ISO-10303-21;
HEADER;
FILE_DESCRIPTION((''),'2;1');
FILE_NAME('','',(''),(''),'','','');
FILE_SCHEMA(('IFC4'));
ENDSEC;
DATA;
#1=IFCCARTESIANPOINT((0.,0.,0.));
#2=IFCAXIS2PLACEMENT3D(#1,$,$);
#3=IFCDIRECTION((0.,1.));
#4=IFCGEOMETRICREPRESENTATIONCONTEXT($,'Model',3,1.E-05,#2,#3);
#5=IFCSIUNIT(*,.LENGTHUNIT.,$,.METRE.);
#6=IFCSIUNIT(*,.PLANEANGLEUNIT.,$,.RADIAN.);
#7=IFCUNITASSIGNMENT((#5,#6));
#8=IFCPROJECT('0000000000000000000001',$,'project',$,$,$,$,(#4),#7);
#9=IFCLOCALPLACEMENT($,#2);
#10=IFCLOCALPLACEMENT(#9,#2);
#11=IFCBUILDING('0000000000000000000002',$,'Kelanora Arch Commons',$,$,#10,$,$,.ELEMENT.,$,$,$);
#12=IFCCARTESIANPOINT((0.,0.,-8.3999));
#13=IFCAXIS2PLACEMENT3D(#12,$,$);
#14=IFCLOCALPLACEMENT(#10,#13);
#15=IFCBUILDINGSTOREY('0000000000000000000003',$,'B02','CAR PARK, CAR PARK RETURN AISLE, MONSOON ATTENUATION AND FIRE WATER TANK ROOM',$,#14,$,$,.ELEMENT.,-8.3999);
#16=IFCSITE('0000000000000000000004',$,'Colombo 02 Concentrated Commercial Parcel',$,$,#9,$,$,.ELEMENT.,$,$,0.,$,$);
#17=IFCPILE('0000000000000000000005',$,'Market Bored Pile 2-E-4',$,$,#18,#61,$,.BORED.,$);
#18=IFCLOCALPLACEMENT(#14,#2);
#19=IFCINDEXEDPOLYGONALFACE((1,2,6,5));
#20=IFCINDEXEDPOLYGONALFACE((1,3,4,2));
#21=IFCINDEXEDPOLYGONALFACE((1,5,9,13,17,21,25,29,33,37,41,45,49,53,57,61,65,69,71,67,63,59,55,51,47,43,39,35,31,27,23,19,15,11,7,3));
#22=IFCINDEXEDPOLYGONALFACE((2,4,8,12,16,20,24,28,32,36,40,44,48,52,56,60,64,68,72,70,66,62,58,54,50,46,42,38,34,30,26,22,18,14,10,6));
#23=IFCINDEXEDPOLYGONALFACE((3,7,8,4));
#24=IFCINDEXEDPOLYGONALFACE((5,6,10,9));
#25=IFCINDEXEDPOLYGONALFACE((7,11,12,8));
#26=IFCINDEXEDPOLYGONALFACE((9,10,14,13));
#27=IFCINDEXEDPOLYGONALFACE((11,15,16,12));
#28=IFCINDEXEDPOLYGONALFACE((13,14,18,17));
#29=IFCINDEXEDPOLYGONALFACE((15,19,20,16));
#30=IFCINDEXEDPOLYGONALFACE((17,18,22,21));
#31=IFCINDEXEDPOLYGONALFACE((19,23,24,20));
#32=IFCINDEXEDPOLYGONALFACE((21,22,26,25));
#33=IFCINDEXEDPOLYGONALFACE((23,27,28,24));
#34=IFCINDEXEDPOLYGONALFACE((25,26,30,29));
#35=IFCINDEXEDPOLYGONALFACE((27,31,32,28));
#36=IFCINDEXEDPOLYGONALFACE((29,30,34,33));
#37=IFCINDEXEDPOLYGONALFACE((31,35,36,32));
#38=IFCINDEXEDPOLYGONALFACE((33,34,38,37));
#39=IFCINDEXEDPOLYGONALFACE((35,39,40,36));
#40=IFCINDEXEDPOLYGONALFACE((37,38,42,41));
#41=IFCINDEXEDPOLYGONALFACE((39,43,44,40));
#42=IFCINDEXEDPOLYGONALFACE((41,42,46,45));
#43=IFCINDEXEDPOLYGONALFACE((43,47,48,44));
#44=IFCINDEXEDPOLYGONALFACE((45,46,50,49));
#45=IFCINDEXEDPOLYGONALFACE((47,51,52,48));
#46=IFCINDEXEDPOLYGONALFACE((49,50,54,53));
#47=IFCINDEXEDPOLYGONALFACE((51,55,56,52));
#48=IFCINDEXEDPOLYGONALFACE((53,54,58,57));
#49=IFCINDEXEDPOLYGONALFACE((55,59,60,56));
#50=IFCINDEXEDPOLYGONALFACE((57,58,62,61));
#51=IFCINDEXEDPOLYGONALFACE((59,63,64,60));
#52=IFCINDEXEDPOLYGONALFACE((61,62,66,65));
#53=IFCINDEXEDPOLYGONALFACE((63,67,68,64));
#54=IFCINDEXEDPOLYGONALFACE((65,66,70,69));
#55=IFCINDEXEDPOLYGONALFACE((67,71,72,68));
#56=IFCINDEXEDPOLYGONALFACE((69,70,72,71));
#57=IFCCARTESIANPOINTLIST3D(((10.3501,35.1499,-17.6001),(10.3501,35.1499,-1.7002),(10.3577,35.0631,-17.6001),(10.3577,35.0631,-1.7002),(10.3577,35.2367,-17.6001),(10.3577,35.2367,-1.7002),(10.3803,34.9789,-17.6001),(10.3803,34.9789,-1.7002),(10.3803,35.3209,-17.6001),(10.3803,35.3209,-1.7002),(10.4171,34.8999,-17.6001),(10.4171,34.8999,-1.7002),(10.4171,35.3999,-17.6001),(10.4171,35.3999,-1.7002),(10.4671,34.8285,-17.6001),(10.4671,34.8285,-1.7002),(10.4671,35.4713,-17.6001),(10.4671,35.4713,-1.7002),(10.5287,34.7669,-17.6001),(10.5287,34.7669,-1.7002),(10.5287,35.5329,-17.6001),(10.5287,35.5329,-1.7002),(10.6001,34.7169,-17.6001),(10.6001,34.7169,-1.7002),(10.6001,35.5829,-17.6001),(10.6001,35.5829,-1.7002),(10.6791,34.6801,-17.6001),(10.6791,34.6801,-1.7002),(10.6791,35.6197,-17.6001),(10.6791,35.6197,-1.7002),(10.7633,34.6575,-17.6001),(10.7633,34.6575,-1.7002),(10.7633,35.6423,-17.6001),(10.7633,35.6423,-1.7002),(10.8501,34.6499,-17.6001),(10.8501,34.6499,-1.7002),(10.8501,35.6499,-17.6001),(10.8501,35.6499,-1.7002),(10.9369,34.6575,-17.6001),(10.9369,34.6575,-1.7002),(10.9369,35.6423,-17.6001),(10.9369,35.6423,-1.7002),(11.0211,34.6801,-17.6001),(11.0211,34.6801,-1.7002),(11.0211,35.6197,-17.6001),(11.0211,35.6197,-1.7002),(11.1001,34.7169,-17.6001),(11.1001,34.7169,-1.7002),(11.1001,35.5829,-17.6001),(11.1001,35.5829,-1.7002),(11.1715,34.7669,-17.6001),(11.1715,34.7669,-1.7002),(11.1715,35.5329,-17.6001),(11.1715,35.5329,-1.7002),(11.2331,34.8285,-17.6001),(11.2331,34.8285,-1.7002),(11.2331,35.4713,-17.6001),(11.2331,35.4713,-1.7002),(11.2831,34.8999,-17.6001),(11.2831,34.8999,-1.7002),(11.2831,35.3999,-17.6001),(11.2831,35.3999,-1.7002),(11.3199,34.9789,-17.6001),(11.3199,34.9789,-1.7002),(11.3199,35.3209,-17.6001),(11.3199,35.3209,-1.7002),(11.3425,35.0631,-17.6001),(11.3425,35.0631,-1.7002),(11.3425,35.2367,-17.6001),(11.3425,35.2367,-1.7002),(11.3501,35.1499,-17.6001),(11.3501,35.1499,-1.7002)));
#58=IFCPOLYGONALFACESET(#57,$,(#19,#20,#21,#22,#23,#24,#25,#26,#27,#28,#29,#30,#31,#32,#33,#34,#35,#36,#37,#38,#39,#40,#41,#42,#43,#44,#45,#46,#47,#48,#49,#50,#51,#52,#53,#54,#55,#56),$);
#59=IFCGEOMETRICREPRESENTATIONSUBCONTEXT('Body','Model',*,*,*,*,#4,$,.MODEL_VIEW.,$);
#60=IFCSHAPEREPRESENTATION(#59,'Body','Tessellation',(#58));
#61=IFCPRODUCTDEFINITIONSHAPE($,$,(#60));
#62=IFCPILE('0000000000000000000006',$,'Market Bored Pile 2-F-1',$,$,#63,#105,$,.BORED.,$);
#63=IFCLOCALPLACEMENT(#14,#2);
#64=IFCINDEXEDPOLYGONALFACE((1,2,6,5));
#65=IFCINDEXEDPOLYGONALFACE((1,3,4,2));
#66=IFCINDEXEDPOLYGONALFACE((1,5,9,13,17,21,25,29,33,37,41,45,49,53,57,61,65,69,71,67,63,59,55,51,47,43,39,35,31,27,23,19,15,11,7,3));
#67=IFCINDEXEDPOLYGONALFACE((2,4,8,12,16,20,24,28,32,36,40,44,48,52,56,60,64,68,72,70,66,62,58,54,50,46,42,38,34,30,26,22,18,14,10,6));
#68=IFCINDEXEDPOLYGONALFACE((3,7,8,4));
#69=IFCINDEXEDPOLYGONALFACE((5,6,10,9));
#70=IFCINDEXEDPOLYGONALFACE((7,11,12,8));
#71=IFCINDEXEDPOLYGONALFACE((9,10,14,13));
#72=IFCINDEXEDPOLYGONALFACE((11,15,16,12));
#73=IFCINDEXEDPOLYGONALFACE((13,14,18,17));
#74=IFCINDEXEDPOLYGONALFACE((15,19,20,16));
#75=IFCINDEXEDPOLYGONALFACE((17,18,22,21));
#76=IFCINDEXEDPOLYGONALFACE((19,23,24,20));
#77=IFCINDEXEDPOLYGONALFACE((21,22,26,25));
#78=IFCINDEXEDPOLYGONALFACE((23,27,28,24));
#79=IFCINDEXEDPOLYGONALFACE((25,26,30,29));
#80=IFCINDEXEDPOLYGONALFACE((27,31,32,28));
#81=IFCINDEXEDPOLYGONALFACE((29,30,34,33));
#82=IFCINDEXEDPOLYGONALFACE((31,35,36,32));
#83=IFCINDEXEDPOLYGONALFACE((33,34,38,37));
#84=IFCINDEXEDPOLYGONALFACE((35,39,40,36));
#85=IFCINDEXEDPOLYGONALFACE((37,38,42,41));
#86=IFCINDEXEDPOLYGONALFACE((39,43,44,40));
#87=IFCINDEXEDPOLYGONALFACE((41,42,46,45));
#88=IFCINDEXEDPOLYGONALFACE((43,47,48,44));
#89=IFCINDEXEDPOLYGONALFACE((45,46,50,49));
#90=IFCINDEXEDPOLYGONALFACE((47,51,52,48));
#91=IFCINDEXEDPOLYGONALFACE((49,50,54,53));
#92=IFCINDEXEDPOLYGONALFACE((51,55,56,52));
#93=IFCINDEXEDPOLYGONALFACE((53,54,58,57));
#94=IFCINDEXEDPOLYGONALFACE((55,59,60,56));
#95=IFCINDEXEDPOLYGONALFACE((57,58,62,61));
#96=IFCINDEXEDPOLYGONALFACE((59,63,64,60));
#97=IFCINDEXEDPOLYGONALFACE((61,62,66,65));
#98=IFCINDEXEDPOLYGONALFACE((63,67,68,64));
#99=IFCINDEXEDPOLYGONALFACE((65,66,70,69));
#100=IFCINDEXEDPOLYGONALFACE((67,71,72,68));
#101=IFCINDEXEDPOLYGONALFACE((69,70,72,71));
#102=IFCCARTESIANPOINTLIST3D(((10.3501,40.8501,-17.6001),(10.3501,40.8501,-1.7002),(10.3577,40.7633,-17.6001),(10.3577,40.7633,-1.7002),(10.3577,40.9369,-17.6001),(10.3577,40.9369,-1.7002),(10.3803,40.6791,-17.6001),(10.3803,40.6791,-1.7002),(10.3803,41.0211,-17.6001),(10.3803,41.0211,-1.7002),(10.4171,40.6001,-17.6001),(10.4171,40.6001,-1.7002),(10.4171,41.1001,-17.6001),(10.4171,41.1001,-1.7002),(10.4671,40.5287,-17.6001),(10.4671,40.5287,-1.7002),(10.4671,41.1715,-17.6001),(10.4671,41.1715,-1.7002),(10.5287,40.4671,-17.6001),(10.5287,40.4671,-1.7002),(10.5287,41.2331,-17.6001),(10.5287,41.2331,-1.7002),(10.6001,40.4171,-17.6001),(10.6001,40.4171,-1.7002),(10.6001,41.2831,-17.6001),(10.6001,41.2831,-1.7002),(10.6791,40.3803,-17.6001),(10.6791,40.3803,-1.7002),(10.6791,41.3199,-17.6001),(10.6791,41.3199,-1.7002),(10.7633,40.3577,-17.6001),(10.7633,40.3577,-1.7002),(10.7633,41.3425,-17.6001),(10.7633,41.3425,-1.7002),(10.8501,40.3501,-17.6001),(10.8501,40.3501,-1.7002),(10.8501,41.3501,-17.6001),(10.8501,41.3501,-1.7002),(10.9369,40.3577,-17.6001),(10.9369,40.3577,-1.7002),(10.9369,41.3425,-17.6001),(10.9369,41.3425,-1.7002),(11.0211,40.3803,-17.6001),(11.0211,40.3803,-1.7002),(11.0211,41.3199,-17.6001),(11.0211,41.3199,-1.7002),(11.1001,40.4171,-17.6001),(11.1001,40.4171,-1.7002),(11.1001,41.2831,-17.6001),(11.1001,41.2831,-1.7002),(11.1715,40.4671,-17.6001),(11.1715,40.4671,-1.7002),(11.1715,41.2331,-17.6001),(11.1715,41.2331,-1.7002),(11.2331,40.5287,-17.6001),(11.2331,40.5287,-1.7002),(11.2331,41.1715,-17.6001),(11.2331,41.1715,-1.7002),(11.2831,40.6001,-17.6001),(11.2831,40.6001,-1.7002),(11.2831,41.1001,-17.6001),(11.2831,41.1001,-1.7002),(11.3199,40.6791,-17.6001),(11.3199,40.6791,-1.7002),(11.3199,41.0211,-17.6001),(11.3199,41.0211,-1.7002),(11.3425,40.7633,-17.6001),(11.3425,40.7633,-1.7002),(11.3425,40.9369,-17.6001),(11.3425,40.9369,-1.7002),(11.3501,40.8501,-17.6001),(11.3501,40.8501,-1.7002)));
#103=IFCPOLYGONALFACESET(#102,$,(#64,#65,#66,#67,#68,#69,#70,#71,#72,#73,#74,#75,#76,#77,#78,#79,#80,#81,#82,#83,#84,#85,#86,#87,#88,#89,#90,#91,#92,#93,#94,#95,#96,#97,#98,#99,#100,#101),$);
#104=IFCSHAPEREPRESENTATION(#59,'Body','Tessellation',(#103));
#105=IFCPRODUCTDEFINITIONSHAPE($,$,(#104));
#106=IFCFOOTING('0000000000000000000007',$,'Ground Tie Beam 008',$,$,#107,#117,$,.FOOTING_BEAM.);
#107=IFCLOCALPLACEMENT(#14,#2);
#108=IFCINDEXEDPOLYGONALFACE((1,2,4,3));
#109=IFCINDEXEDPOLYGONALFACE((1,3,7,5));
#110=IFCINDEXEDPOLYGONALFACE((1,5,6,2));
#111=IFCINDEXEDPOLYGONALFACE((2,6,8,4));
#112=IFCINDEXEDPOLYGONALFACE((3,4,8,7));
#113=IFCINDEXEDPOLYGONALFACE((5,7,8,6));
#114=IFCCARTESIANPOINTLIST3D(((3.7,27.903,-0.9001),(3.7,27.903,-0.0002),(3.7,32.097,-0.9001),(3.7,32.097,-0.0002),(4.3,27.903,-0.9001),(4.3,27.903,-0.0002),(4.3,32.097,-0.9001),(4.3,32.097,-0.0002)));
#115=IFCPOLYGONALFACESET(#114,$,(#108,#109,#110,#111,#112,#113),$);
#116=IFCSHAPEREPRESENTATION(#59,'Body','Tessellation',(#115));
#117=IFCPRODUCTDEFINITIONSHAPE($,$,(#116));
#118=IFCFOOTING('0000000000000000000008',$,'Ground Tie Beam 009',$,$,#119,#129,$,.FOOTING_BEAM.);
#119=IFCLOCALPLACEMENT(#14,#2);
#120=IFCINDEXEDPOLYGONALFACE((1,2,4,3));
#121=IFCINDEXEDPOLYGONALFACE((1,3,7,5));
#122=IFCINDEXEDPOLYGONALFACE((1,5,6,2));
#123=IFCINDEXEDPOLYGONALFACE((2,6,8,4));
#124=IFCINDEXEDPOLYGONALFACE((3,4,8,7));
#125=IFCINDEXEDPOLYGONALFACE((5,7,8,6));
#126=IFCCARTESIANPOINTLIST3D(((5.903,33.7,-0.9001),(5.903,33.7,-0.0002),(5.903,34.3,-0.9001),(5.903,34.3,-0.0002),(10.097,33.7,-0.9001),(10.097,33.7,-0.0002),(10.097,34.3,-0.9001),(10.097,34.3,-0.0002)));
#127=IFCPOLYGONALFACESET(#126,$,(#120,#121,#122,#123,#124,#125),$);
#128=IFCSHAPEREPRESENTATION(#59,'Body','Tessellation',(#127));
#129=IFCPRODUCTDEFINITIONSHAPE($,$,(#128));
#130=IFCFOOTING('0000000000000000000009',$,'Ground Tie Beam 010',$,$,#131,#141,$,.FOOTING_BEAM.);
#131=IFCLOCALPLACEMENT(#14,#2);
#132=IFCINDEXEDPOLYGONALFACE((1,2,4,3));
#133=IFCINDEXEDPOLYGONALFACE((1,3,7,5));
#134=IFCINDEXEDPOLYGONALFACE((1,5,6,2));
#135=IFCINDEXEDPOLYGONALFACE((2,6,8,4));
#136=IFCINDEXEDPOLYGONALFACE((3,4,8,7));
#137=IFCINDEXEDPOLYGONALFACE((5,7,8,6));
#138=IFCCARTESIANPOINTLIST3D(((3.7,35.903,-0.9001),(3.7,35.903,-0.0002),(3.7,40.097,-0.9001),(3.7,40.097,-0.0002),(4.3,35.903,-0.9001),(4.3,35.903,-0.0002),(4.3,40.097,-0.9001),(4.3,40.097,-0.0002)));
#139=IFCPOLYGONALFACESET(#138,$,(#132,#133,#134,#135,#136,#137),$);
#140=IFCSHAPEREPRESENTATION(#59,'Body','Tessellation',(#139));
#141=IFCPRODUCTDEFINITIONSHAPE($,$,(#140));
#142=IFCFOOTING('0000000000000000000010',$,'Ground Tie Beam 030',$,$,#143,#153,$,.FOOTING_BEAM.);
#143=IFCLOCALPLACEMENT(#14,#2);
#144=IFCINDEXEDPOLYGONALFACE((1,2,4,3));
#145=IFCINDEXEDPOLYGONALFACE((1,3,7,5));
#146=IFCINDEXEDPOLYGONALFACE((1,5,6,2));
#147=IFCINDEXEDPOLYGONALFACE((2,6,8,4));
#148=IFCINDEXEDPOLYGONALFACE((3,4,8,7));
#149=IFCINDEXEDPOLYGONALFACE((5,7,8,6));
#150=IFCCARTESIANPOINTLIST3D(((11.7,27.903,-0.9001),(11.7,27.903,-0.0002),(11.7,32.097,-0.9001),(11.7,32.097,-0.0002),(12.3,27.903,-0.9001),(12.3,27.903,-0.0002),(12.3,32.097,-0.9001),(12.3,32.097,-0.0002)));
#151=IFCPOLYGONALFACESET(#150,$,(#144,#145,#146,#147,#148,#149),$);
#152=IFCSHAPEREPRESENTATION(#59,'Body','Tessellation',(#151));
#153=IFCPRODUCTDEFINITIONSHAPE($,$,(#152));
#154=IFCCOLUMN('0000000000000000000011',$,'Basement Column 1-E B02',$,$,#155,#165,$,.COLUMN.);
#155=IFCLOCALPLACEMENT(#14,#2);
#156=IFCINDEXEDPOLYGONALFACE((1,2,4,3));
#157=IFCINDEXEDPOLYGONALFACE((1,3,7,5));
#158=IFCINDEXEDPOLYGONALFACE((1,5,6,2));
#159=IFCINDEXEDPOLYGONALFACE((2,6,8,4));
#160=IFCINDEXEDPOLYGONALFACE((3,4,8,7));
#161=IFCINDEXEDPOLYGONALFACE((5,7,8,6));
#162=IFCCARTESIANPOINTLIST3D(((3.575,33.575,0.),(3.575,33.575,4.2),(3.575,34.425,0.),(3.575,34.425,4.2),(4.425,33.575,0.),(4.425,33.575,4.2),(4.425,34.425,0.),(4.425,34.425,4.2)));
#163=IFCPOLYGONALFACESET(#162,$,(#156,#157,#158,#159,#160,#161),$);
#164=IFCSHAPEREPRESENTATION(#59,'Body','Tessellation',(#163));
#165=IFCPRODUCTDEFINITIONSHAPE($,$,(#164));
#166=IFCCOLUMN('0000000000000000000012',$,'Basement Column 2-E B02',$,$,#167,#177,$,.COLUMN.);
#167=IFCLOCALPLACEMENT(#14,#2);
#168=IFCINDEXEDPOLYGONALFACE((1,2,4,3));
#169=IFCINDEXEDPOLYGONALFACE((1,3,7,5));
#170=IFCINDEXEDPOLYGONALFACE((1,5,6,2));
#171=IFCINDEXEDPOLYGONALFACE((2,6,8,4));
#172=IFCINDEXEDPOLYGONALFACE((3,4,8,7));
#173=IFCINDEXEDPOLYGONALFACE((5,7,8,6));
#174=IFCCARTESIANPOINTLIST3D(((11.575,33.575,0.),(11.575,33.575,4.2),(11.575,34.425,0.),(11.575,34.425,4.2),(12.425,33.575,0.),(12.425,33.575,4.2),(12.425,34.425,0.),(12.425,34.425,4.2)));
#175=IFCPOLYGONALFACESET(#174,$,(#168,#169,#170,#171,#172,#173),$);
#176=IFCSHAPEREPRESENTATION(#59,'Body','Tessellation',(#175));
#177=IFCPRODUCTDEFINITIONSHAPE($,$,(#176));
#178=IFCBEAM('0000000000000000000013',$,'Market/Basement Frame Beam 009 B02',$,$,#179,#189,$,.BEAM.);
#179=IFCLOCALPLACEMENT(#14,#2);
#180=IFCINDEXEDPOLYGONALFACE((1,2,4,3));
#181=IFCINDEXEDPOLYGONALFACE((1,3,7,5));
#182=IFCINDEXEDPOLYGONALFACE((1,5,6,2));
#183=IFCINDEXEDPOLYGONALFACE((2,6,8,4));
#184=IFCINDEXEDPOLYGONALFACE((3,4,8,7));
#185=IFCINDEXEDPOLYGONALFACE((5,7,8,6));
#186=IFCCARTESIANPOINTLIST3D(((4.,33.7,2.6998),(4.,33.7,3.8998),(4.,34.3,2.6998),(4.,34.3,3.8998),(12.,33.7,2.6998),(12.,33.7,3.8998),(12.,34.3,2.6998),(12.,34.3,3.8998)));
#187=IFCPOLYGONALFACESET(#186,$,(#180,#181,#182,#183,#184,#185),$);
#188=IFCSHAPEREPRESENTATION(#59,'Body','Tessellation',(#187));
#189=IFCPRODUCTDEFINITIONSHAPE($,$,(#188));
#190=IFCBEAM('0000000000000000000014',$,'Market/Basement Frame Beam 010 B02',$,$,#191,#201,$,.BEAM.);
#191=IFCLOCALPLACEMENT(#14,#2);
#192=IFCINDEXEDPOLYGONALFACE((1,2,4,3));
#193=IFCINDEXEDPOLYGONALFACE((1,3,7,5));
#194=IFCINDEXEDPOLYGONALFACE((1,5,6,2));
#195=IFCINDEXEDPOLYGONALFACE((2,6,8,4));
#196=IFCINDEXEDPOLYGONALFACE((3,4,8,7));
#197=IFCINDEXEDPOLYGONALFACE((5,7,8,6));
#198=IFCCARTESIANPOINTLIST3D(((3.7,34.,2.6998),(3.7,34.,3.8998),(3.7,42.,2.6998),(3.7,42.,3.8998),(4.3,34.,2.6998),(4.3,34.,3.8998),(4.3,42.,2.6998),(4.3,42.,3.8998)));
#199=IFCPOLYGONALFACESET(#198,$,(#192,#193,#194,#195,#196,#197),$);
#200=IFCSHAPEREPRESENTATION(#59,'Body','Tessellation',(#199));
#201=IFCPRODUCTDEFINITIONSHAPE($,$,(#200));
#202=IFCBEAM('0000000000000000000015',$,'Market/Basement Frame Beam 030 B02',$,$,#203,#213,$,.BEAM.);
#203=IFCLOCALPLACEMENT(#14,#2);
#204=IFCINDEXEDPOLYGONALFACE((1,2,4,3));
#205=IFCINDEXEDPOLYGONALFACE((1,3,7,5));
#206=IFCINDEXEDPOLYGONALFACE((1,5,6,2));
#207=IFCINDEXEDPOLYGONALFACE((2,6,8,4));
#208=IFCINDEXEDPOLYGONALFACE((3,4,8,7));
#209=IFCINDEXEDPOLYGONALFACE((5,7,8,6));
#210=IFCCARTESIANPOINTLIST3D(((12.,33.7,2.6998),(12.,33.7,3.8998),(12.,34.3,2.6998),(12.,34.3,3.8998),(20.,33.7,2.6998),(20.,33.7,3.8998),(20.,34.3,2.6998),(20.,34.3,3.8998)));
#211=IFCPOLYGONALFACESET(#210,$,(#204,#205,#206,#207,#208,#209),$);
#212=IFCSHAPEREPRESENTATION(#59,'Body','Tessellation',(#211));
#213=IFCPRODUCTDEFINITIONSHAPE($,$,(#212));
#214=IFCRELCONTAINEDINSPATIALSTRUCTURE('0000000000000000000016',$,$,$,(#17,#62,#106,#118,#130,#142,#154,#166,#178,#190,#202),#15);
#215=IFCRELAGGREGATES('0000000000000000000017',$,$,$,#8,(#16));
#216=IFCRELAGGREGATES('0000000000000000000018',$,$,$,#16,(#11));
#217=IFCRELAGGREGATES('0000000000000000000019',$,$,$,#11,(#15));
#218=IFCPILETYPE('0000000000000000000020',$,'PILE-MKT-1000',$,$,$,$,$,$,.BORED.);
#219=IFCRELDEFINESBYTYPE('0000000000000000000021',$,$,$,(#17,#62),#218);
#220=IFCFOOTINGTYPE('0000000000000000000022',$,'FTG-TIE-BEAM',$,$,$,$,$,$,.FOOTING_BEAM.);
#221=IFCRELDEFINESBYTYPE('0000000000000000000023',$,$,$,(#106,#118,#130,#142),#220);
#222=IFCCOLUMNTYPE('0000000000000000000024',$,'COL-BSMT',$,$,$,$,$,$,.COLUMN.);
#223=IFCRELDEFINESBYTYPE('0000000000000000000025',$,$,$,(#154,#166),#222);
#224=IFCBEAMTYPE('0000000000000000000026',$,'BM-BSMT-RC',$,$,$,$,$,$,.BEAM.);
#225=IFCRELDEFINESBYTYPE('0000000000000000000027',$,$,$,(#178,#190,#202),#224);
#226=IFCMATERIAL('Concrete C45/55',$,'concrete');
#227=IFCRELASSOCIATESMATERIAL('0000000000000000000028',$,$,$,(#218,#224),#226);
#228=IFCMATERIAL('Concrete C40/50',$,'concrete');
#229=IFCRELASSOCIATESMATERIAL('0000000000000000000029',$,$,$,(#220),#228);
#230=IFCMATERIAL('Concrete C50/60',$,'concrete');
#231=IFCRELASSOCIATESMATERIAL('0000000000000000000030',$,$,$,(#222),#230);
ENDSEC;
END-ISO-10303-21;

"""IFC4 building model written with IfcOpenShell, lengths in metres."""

from ifc_helpers import new_model, si_unit, direction, frame, origin, origin_2d, place, context, subcontext, project, spatial, rectangle, circle, extrude, source, transform, mapped, material, material_profile, profile_set, type_object, element, save


model = new_model("IFC4")

# Units and contexts
model_context = context("Model", 3, precision=1e-05, world=origin(), true_north=direction((0.0, 1.0)))
body_context = subcontext(model_context, "Body", "Model", "MODEL_VIEW")
ifc_project = project(units=[si_unit("LENGTHUNIT", "METRE"), si_unit("PLANEANGLEUNIT", "RADIAN")], contexts=[model_context])

# Site, building, storey
site_placement = place(None, origin())
site = spatial("IfcSite", under=ifc_project, at=site_placement, Name="Colombo 02 Concentrated Commercial Parcel", CompositionType="ELEMENT", RefElevation=0.0)
building_placement = place(site_placement, origin())
building = spatial("IfcBuilding", under=site, at=building_placement, Name="Kelanora Arch Commons", CompositionType="ELEMENT")
storey_placement = place(building_placement, frame((0.0, 0.0, -8.3999)))
storey = spatial("IfcBuildingStorey", under=building, at=storey_placement, Name="B02", Description="CAR PARK, CAR PARK RETURN AISLE, MONSOON ATTENUATION AND FIRE WATER TANK ROOM", CompositionType="ELEMENT", Elevation=-8.3999)

# Shared definitions
ifc_material_1 = material(Name="Concrete C40/50", Category="concrete")

# Piles
ifc_material_2 = material(Name="Concrete C45/55", Category="concrete")
ifc_material_profile_1 = material_profile(ifc_material_2, circle(Radius=0.5, at=origin_2d()), Name="PILE1000")
ifc_profile_set_1 = profile_set([ifc_material_profile_1], Name="Concrete C45/55")
pile_type = type_object("IfcPileType", Name="PILE-MKT-1000", PredefinedType="BORED", material=ifc_profile_set_1)
shared_shape_1 = source(origin(), body_context, "Body", "SweptSolid", [
    extrude(circle(Radius=0.5, at=origin_2d()), origin(), (0.0, 0.0, 1.0), 15.8999),
])
for number, where, z_axis, x_axis, name in (
    (1, (10.8501, 35.1499, -1.7002), (0.0, 0.0, -1.0), (1.0, 0.0, 0.0), "Market Bored Pile 2-E-4"),
    (2, (10.8501, 40.8501, -1.7002), (0.0, 0.0, -1.0), (1.0, 0.0, 0.0), "Market Bored Pile 2-F-1"),
):
    element("IfcPile", number, at=place(storey_placement, frame(where, z_axis=z_axis, x_axis=x_axis)), inside=storey, type_object=pile_type, Name=name, PredefinedType="BORED", context=body_context, shape_type="MappedRepresentation", body=[
        mapped(shared_shape_1, transform((0.0, 0.0, 0.0), scale=1.0)),
    ])

# Footings
footing_type_1 = type_object("IfcFootingType", Name="FTG-TIE-BEAM", PredefinedType="FOOTING_BEAM", material=ifc_material_1)
shared_shape_2 = source(origin(), body_context, "Body", "SweptSolid", [
    extrude(rectangle(XDim=4.1941, YDim=0.6001, at=origin_2d()), origin(), (0.0, 0.0, 1.0), 0.8999),
])
for number, where, z_axis, x_axis, name in (
    (3, (4.0, 30.0, -0.9001), (0.0, 0.0, 1.0), (0.0, 1.0, 0.0), "Ground Tie Beam 008"),
    (4, (8.0, 34.0, -0.9001), (0.0, 0.0, 1.0), (1.0, 0.0, 0.0), "Ground Tie Beam 009"),
    (5, (4.0, 38.0, -0.9001), (0.0, 0.0, 1.0), (0.0, 1.0, 0.0), "Ground Tie Beam 010"),
    (6, (12.0, 30.0, -0.9001), (0.0, 0.0, 1.0), (0.0, 1.0, 0.0), "Ground Tie Beam 030"),
):
    element("IfcFooting", number, at=place(storey_placement, frame(where, z_axis=z_axis, x_axis=x_axis)), inside=storey, type_object=footing_type_1, Name=name, PredefinedType="FOOTING_BEAM", context=body_context, shape_type="MappedRepresentation", body=[
        mapped(shared_shape_2, transform((0.0, 0.0, 0.0), scale=1.0)),
    ])

# Columns
ifc_material_3 = material(Name="Concrete C50/60", Category="concrete")
ifc_material_profile_2 = material_profile(ifc_material_3, rectangle(XDim=0.8501, YDim=0.8501, at=origin_2d()), Name="RC850x850")
ifc_profile_set_2 = profile_set([ifc_material_profile_2], Name="Concrete C50/60")
column_type = type_object("IfcColumnType", Name="COL-BSMT", PredefinedType="COLUMN", material=ifc_profile_set_2)
for number, where, z_axis, x_axis, name in (
    (7, (4.0, 34.0, 0.0), (0.0, 0.0, 1.0), (1.0, 0.0, 0.0), "Basement Column 1-E B02"),
    (8, (12.0, 34.0, 0.0), (0.0, 0.0, 1.0), (1.0, 0.0, 0.0), "Basement Column 2-E B02"),
):
    element("IfcColumn", number, at=place(storey_placement, frame(where, z_axis=z_axis, x_axis=x_axis)), inside=storey, type_object=column_type, Name=name, PredefinedType="COLUMN", context=body_context, shape_type="SweptSolid", body=[
        extrude(rectangle(XDim=0.8501, YDim=0.8501, at=origin_2d()), origin(), (0.0, 0.0, 1.0), 4.2),
    ])

# Beams
ifc_material_profile_3 = material_profile(ifc_material_2, rectangle(XDim=0.6001, YDim=1.2, at=origin_2d()), Name="RCB600x1200")
ifc_profile_set_3 = profile_set([ifc_material_profile_3], Name="Concrete C45/55")
beam_type = type_object("IfcBeamType", Name="BM-BSMT-RC", PredefinedType="BEAM", material=ifc_profile_set_3)
for number, where, z_axis, x_axis, name in (
    (9, (4.0, 34.0, 3.2998), (1.0, 0.0, 0.0), (0.0, 1.0, 0.0), "Market/Basement Frame Beam 009 B02"),
    (10, (4.0, 34.0, 3.2998), (0.0, 1.0, 0.0), (-1.0, 0.0, 0.0), "Market/Basement Frame Beam 010 B02"),
    (11, (12.0, 34.0, 3.2998), (1.0, 0.0, 0.0), (0.0, 1.0, 0.0), "Market/Basement Frame Beam 030 B02"),
):
    element("IfcBeam", number, at=place(storey_placement, frame(where, z_axis=z_axis, x_axis=x_axis)), inside=storey, type_object=beam_type, Name=name, PredefinedType="BEAM", context=body_context, shape_type="SweptSolid", body=[
        extrude(rectangle(XDim=0.6001, YDim=1.2, at=origin_2d()), origin(), (0.0, 0.0, 1.0), 8.0),
    ])

save(model, "model.ifc")
